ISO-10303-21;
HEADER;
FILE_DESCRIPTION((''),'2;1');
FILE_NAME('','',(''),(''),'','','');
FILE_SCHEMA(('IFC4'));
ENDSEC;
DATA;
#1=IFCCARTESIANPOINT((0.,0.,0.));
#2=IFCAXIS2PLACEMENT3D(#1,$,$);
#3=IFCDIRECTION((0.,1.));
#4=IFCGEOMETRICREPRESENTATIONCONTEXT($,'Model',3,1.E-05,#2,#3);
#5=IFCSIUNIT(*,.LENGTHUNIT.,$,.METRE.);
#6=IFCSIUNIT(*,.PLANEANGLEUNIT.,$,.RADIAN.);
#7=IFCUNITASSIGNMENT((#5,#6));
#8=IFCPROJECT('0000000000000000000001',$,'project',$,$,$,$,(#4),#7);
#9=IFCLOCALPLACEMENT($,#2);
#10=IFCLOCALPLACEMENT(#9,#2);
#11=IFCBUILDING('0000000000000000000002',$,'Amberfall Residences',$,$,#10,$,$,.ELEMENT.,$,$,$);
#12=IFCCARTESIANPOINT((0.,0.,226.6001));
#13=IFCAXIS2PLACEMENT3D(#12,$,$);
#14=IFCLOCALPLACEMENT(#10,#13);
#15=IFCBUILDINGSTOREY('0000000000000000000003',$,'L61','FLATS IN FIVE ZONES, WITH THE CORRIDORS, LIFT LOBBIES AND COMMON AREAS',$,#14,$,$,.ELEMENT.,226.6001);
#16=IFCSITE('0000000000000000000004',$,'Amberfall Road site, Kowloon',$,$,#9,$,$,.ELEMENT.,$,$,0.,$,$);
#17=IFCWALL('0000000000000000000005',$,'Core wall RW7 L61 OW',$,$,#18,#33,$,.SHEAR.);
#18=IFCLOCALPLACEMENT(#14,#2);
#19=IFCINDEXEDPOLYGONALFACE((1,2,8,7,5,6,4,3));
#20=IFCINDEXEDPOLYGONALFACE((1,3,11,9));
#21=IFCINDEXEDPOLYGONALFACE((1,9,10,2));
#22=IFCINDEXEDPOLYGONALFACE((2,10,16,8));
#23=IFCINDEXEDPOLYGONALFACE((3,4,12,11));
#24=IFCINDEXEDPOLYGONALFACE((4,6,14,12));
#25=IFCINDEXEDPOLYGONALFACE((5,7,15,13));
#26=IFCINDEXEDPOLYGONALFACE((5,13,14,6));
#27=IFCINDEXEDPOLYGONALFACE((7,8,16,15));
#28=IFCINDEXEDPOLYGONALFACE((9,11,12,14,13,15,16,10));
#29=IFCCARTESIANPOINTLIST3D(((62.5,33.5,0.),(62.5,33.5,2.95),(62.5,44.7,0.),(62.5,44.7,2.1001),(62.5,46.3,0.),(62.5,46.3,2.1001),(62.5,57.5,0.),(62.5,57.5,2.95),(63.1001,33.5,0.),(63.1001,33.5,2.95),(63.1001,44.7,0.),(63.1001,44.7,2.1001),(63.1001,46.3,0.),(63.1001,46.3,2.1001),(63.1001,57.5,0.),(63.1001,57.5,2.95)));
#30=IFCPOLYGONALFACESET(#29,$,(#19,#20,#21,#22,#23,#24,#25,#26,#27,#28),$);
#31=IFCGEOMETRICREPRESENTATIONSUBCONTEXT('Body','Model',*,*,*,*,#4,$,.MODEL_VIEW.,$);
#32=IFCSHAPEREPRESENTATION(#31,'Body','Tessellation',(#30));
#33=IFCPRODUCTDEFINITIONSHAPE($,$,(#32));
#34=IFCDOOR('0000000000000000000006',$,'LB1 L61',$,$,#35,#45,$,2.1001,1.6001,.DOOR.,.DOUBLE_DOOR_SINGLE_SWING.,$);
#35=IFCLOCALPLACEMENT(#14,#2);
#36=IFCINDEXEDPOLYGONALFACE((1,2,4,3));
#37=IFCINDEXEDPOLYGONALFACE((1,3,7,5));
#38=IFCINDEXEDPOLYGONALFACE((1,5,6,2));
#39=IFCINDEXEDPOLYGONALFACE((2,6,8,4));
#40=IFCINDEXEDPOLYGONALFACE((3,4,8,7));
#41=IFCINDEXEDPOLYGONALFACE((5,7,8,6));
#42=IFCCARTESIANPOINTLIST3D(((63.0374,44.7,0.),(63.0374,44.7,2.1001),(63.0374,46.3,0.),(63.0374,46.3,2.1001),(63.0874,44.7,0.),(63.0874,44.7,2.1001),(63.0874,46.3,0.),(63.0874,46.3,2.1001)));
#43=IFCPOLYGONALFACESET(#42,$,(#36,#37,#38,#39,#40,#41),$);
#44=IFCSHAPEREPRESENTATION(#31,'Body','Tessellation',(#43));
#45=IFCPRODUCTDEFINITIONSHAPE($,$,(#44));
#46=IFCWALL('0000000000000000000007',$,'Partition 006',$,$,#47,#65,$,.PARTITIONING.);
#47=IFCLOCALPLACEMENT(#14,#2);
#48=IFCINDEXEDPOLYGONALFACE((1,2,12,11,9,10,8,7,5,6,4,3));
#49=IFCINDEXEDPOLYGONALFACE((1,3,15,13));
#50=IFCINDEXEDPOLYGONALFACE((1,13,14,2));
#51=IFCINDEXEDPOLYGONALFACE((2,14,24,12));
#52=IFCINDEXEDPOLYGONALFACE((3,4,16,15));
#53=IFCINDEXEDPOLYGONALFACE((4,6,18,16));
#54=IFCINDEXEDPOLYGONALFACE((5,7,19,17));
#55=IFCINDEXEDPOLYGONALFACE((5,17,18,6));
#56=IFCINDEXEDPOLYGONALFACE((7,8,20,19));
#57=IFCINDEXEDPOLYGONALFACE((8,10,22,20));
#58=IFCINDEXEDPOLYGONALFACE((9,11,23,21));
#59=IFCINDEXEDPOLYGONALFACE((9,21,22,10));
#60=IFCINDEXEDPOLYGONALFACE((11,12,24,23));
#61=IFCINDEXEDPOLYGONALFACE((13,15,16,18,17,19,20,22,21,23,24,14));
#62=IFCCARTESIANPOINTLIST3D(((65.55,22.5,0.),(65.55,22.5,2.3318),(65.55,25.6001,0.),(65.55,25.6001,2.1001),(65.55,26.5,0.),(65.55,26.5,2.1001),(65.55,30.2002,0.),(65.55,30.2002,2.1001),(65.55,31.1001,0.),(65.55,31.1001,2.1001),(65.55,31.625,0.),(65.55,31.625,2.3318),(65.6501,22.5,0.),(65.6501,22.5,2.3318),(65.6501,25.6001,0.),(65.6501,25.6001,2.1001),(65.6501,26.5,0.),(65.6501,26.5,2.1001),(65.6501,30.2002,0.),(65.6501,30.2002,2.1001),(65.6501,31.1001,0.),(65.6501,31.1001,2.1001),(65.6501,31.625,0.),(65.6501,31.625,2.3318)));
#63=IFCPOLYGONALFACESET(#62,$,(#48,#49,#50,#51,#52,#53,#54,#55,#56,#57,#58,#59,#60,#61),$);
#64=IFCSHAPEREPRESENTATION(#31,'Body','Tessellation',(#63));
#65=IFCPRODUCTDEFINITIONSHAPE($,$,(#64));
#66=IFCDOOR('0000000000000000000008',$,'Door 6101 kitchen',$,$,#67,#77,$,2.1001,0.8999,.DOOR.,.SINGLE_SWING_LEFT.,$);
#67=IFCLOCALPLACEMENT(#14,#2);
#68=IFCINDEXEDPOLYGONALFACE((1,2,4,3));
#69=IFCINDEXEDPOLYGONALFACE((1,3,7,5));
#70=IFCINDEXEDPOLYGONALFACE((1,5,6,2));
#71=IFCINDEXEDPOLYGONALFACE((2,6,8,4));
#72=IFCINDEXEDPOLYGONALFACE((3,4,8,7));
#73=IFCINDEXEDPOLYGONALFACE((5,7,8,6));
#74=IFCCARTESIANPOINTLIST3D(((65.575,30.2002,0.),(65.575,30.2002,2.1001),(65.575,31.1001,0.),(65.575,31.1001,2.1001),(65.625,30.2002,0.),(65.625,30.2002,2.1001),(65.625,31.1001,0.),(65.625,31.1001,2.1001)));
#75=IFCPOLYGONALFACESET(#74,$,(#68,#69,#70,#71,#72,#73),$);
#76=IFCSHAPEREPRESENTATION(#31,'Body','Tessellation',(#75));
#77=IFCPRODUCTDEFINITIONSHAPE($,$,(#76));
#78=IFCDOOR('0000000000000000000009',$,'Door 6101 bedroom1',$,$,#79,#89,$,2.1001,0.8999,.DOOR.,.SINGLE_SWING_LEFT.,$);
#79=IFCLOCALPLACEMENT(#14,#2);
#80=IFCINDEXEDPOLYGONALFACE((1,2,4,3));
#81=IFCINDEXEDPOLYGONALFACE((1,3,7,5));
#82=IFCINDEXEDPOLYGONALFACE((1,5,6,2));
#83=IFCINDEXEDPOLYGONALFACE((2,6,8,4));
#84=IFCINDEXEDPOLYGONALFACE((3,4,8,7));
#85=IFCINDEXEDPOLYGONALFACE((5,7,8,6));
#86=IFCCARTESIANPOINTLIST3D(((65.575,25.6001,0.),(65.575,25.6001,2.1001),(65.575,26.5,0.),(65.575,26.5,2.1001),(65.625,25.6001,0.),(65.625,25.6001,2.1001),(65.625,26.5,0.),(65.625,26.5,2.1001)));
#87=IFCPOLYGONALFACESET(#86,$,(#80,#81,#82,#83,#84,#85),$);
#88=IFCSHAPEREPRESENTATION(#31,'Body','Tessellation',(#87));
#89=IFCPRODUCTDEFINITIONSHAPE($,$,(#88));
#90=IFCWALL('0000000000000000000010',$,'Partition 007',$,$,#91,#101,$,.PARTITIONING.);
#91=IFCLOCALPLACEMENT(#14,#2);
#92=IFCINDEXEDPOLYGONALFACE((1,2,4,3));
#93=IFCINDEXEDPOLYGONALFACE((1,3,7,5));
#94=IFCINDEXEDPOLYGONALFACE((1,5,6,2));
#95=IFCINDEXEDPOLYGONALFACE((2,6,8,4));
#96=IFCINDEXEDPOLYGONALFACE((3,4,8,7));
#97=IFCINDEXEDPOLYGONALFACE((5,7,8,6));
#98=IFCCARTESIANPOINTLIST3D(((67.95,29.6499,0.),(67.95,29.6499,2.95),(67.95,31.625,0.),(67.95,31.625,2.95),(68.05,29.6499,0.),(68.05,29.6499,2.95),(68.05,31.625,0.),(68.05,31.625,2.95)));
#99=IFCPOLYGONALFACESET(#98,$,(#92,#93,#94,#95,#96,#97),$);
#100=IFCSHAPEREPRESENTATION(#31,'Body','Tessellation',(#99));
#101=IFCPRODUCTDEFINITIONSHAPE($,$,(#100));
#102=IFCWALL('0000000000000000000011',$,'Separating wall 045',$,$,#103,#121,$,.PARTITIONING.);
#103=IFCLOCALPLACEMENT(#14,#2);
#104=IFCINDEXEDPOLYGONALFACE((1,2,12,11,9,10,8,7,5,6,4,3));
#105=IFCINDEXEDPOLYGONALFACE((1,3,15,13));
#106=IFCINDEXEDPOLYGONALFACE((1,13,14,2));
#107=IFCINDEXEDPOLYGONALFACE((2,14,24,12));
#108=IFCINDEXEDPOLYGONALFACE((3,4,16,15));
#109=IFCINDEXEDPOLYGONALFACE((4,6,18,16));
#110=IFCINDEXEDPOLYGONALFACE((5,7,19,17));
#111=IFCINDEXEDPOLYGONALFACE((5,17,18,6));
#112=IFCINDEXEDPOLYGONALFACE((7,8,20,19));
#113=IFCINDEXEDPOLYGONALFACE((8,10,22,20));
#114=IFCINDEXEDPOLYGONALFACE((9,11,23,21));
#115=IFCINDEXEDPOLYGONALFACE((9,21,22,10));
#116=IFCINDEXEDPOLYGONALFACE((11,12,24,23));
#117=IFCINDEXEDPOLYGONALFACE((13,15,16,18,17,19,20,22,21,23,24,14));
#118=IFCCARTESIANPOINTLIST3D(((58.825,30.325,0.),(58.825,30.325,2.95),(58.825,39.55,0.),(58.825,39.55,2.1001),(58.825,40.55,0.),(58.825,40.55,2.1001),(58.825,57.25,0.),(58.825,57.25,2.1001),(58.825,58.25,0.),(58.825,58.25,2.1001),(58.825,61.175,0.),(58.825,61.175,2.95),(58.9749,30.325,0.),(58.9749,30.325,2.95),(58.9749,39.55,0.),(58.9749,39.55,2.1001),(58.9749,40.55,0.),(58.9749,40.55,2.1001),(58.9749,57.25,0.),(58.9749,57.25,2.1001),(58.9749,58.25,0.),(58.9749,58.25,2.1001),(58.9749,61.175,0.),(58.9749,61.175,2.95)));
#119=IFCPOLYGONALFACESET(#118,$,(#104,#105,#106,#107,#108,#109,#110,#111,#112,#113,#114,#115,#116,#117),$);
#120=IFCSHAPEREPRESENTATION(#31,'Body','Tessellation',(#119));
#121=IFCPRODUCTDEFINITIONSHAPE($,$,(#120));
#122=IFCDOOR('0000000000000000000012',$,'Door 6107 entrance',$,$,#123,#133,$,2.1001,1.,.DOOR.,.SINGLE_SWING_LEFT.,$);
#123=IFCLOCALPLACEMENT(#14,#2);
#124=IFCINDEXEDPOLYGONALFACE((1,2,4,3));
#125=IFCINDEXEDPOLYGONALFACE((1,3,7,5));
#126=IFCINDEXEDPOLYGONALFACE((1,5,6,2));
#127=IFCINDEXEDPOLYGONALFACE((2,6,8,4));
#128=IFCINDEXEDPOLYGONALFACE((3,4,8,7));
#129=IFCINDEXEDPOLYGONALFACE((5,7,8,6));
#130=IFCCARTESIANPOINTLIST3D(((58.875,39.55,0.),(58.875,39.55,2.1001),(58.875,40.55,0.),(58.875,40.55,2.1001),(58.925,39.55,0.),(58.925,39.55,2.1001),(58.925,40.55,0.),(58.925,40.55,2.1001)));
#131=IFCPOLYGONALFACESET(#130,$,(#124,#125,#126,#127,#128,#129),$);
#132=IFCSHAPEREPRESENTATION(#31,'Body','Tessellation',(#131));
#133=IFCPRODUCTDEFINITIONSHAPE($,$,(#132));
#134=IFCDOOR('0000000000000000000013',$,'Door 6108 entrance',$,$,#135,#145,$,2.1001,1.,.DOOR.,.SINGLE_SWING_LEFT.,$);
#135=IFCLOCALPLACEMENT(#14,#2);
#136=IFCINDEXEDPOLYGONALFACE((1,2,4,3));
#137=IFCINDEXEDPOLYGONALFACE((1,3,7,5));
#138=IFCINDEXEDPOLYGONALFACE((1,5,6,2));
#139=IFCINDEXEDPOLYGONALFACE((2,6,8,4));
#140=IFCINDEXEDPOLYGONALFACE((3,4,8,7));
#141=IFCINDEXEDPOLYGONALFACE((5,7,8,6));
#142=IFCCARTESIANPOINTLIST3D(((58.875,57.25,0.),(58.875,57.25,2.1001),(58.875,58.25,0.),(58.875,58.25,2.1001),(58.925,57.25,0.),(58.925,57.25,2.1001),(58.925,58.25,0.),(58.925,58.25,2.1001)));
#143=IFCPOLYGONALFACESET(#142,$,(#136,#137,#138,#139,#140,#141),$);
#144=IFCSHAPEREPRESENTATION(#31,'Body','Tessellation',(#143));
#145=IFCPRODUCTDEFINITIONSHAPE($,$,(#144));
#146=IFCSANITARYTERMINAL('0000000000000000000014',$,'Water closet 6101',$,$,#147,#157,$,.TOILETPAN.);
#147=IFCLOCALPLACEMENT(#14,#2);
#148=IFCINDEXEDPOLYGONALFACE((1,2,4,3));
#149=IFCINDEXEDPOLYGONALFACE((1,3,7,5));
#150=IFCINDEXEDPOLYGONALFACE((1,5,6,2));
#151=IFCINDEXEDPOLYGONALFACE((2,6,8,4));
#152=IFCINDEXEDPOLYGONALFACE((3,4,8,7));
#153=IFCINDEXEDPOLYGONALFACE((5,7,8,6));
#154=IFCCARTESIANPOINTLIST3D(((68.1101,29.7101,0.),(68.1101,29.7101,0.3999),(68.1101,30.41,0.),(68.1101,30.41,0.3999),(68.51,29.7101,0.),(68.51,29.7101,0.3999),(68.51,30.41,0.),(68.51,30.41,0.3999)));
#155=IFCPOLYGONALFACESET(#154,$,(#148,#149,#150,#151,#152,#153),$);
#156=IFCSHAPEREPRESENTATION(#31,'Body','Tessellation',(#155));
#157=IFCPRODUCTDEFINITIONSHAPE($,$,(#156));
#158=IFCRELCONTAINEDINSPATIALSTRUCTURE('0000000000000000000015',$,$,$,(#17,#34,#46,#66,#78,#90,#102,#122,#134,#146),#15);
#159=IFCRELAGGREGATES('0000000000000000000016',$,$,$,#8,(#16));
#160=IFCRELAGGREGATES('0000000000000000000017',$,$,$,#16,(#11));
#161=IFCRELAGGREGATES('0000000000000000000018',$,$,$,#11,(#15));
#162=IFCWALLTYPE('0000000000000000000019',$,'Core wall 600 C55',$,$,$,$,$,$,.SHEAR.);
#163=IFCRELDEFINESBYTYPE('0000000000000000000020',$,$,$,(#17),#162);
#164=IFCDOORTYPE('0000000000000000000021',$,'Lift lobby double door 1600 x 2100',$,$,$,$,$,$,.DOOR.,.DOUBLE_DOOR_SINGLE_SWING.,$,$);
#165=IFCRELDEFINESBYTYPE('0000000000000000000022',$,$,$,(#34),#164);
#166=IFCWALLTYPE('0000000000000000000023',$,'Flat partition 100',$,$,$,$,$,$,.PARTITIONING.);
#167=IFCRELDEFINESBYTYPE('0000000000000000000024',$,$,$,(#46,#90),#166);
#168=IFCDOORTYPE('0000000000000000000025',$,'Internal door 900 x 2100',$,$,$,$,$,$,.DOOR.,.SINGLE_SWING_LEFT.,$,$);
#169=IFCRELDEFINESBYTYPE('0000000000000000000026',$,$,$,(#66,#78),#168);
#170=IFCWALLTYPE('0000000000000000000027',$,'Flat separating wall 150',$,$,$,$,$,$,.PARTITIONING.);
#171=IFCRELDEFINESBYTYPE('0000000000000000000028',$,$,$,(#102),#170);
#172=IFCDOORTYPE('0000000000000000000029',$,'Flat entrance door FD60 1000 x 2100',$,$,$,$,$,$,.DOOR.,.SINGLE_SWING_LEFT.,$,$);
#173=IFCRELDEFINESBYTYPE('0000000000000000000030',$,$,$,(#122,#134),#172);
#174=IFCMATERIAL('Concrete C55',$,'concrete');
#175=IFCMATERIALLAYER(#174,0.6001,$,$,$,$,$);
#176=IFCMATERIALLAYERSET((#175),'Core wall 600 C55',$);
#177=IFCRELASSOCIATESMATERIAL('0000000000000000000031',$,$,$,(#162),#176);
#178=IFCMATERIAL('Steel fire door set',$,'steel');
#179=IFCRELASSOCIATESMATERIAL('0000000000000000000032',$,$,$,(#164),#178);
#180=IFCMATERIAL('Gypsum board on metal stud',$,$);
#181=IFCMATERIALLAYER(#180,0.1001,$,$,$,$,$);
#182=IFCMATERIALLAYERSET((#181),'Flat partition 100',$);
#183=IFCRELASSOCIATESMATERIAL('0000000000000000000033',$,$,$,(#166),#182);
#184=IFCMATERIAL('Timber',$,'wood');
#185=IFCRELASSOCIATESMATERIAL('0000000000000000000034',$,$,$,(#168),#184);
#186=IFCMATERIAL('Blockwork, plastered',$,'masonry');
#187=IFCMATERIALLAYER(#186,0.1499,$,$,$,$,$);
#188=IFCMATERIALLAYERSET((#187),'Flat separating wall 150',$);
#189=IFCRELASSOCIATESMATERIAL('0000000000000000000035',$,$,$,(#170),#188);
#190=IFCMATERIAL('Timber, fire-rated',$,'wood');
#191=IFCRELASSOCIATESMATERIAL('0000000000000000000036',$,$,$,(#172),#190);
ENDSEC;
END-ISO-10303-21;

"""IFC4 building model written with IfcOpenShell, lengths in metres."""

from ifc_helpers import new_model, si_unit, direction, frame, frame_2d, origin, origin_2d, place, context, subcontext, project, spatial, rectangle, extrude, material, layer, layer_set, type_object, element, fill, save


model = new_model("IFC4")

# Units and contexts
model_context = context("Model", 3, precision=1e-05, world=origin(), true_north=direction((0.0, 1.0)))
body_context = subcontext(model_context, "Body", "Model", "MODEL_VIEW")
ifc_project = project(units=[si_unit("LENGTHUNIT", "METRE"), si_unit("PLANEANGLEUNIT", "RADIAN")], contexts=[model_context])

# Site, building, storey
site_placement = place(None, origin())
site = spatial("IfcSite", under=ifc_project, at=site_placement, Name="Amberfall Road site, Kowloon", CompositionType="ELEMENT", RefElevation=0.0)
building_placement = place(site_placement, origin())
building = spatial("IfcBuilding", under=site, at=building_placement, Name="Amberfall Residences", CompositionType="ELEMENT")
storey_placement = place(building_placement, frame((0.0, 0.0, 226.6001)))
storey = spatial("IfcBuildingStorey", under=building, at=storey_placement, Name="L61", Description="FLATS IN FIVE ZONES, WITH THE CORRIDORS, LIFT LOBBIES AND COMMON AREAS", CompositionType="ELEMENT", Elevation=226.6001)

# Shared definitions
ifc_material_1 = material(Name="Concrete C55", Category="concrete")
ifc_material_2 = material(Name="Steel fire door set", Category="steel")

# Shared definitions
ifc_layer_1 = layer(ifc_material_1, 0.6001)
ifc_layer_set_1 = layer_set([ifc_layer_1], Name="Core wall 600 C55")
wall_type_1 = type_object("IfcWallType", Name="Core wall 600 C55", PredefinedType="SHEAR", material=ifc_layer_set_1)

# Wall, opening, door
wall_1_placement = place(storey_placement, frame((62.8, 33.5, 0.0), z_axis=(0.0, 0.0, 1.0), x_axis=(0.0, 1.0, 0.0)))
wall_1 = element("IfcWall", 1, at=wall_1_placement, inside=storey, type_object=wall_type_1, Name="Core wall RW7 L61 OW", PredefinedType="SHEAR", context=body_context, shape_type="SweptSolid", body=[
    extrude(rectangle(XDim=24.0, YDim=0.6001, at=frame_2d((12.0, 0.0))), origin(), (0.0, 0.0, 1.0), 2.95),
])
opening_1_placement = place(wall_1_placement, frame((11.2, 0.0, 0.0)))
opening_1 = element("IfcOpeningElement", 2, at=opening_1_placement, cuts=wall_1, PredefinedType="OPENING", context=body_context, shape_type="SweptSolid", body=[
    extrude(rectangle(XDim=1.6001, YDim=2.1001, at=frame_2d((0.8, 1.05))), frame((0.0, 0.3101, 0.0), z_axis=(0.0, -1.0, 0.0), x_axis=(1.0, 0.0, 0.0)), (0.0, 0.0, 1.0), 0.6201),
])
door_type_1 = type_object("IfcDoorType", Name="Lift lobby double door 1600 x 2100", OperationType="DOUBLE_DOOR_SINGLE_SWING", PredefinedType="DOOR", material=ifc_material_2)
door_1_placement = place(opening_1_placement, origin())
door_1 = element("IfcDoor", 3, at=door_1_placement, inside=storey, type_object=door_type_1, Name="LB1 L61", OperationType="DOUBLE_DOOR_SINGLE_SWING", OverallHeight=2.1001, OverallWidth=1.6001, PredefinedType="DOOR", context=body_context, shape_type="SweptSolid", body=[
    extrude(rectangle(XDim=1.6001, YDim=2.1001, at=frame_2d((0.8, 1.05))), frame((0.0, -0.2373, 0.0), z_axis=(0.0, -1.0, 0.0), x_axis=(1.0, 0.0, 0.0)), (0.0, 0.0, 1.0), 0.05),
])
fill(opening_1, door_1)

# Wall, openings, doors
ifc_material_3 = material(Name="Gypsum board on metal stud")
ifc_layer_2 = layer(ifc_material_3, 0.1001)
ifc_layer_set_2 = layer_set([ifc_layer_2], Name="Flat partition 100")
wall_type_2 = type_object("IfcWallType", Name="Flat partition 100", PredefinedType="PARTITIONING", material=ifc_layer_set_2)
wall_2_placement = place(storey_placement, frame((65.6001, 31.625, 0.0), z_axis=(0.0, 0.0, 1.0), x_axis=(0.0, -1.0, 0.0)))
wall_2 = element("IfcWall", 4, at=wall_2_placement, inside=storey, type_object=wall_type_2, Name="Partition 006", PredefinedType="PARTITIONING", context=body_context, shape_type="SweptSolid", body=[
    extrude(rectangle(XDim=9.125, YDim=0.1001, at=frame_2d((4.5625, 0.0))), origin(), (0.0, 0.0, 1.0), 2.3318),
])
opening_2_placement = place(wall_2_placement, frame((0.5249, 0.0, 0.0)))
opening_2 = element("IfcOpeningElement", 5, at=opening_2_placement, cuts=wall_2, PredefinedType="OPENING", context=body_context, shape_type="SweptSolid", body=[
    extrude(rectangle(XDim=0.8999, YDim=2.1001, at=frame_2d((0.45, 1.05))), frame((0.0, 0.0601, 0.0), z_axis=(0.0, -1.0, 0.0), x_axis=(1.0, 0.0, 0.0)), (0.0, 0.0, 1.0), 0.1201),
])
opening_3_placement = place(wall_2_placement, frame((5.125, 0.0, 0.0)))
opening_3 = element("IfcOpeningElement", 6, at=opening_3_placement, cuts=wall_2, PredefinedType="OPENING", context=body_context, shape_type="SweptSolid", body=[
    extrude(rectangle(XDim=0.8999, YDim=2.1001, at=frame_2d((0.45, 1.05))), frame((0.0, 0.0601, 0.0), z_axis=(0.0, -1.0, 0.0), x_axis=(1.0, 0.0, 0.0)), (0.0, 0.0, 1.0), 0.1201),
])
ifc_material_4 = material(Name="Timber", Category="wood")
door_type_2 = type_object("IfcDoorType", Name="Internal door 900 x 2100", OperationType="SINGLE_SWING_LEFT", PredefinedType="DOOR", material=ifc_material_4)
door_2_placement = place(opening_2_placement, origin())
door_2 = element("IfcDoor", 7, at=door_2_placement, inside=storey, type_object=door_type_2, Name="Door 6101 kitchen", OperationType="SINGLE_SWING_LEFT", OverallHeight=2.1001, OverallWidth=0.8999, PredefinedType="DOOR", context=body_context, shape_type="SweptSolid", body=[
    extrude(rectangle(XDim=0.8999, YDim=2.1001, at=frame_2d((0.45, 1.05))), frame((0.0, 0.0249, 0.0), z_axis=(0.0, -1.0, 0.0), x_axis=(1.0, 0.0, 0.0)), (0.0, 0.0, 1.0), 0.05),
])
fill(opening_2, door_2)
door_3_placement = place(opening_3_placement, origin())
door_3 = element("IfcDoor", 8, at=door_3_placement, inside=storey, type_object=door_type_2, Name="Door 6101 bedroom1", OperationType="SINGLE_SWING_LEFT", OverallHeight=2.1001, OverallWidth=0.8999, PredefinedType="DOOR", context=body_context, shape_type="SweptSolid", body=[
    extrude(rectangle(XDim=0.8999, YDim=2.1001, at=frame_2d((0.45, 1.05))), frame((0.0, 0.0249, 0.0), z_axis=(0.0, -1.0, 0.0), x_axis=(1.0, 0.0, 0.0)), (0.0, 0.0, 1.0), 0.05),
])
fill(opening_3, door_3)

# Wall
wall_3_placement = place(storey_placement, frame((68.0, 29.6499, 0.0), z_axis=(0.0, 0.0, 1.0), x_axis=(0.0, 1.0, 0.0)))
element("IfcWall", 9, at=wall_3_placement, inside=storey, type_object=wall_type_2, Name="Partition 007", PredefinedType="PARTITIONING", context=body_context, shape_type="SweptSolid", body=[
    extrude(rectangle(XDim=1.9751, YDim=0.1001, at=frame_2d((0.9875, 0.0))), origin(), (0.0, 0.0, 1.0), 2.95),
])

# Wall, openings, doors
ifc_material_5 = material(Name="Blockwork, plastered", Category="masonry")
ifc_layer_3 = layer(ifc_material_5, 0.1499)
ifc_layer_set_3 = layer_set([ifc_layer_3], Name="Flat separating wall 150")
wall_type_3 = type_object("IfcWallType", Name="Flat separating wall 150", PredefinedType="PARTITIONING", material=ifc_layer_set_3)
wall_4_placement = place(storey_placement, frame((58.8999, 30.325, 0.0), z_axis=(0.0, 0.0, 1.0), x_axis=(0.0, 1.0, 0.0)))
wall_4 = element("IfcWall", 10, at=wall_4_placement, inside=storey, type_object=wall_type_3, Name="Separating wall 045", PredefinedType="PARTITIONING", context=body_context, shape_type="SweptSolid", body=[
    extrude(rectangle(XDim=30.8501, YDim=0.1499, at=frame_2d((15.425, 0.0))), origin(), (0.0, 0.0, 1.0), 2.95),
])
opening_4_placement = place(wall_4_placement, frame((9.2251, 0.0, 0.0)))
opening_4 = element("IfcOpeningElement", 11, at=opening_4_placement, cuts=wall_4, PredefinedType="OPENING", context=body_context, shape_type="SweptSolid", body=[
    extrude(rectangle(XDim=1.0, YDim=2.1001, at=frame_2d((0.5, 1.05))), frame((0.0, 0.085, 0.0), z_axis=(0.0, -1.0, 0.0), x_axis=(1.0, 0.0, 0.0)), (0.0, 0.0, 1.0), 0.1699),
])
opening_5_placement = place(wall_4_placement, frame((26.925, 0.0, 0.0)))
opening_5 = element("IfcOpeningElement", 12, at=opening_5_placement, cuts=wall_4, PredefinedType="OPENING", context=body_context, shape_type="SweptSolid", body=[
    extrude(rectangle(XDim=1.0, YDim=2.1001, at=frame_2d((0.5, 1.05))), frame((0.0, 0.085, 0.0), z_axis=(0.0, -1.0, 0.0), x_axis=(1.0, 0.0, 0.0)), (0.0, 0.0, 1.0), 0.1699),
])
ifc_material_6 = material(Name="Timber, fire-rated", Category="wood")
door_type_3 = type_object("IfcDoorType", Name="Flat entrance door FD60 1000 x 2100", OperationType="SINGLE_SWING_LEFT", PredefinedType="DOOR", material=ifc_material_6)
door_4_placement = place(opening_4_placement, origin())
door_4 = element("IfcDoor", 13, at=door_4_placement, inside=storey, type_object=door_type_3, Name="Door 6107 entrance", OperationType="SINGLE_SWING_LEFT", OverallHeight=2.1001, OverallWidth=1.0, PredefinedType="DOOR", context=body_context, shape_type="SweptSolid", body=[
    extrude(rectangle(XDim=1.0, YDim=2.1001, at=frame_2d((0.5, 1.05))), frame((0.0, 0.0249, 0.0), z_axis=(0.0, -1.0, 0.0), x_axis=(1.0, 0.0, 0.0)), (0.0, 0.0, 1.0), 0.05),
])
fill(opening_4, door_4)
door_5_placement = place(opening_5_placement, origin())
door_5 = element("IfcDoor", 14, at=door_5_placement, inside=storey, type_object=door_type_3, Name="Door 6108 entrance", OperationType="SINGLE_SWING_LEFT", OverallHeight=2.1001, OverallWidth=1.0, PredefinedType="DOOR", context=body_context, shape_type="SweptSolid", body=[
    extrude(rectangle(XDim=1.0, YDim=2.1001, at=frame_2d((0.5, 1.05))), frame((0.0, 0.0249, 0.0), z_axis=(0.0, -1.0, 0.0), x_axis=(1.0, 0.0, 0.0)), (0.0, 0.0, 1.0), 0.05),
])
fill(opening_5, door_5)

# Sanitary terminal
sanitary_terminal_1_placement = place(storey_placement, frame((68.3101, 30.0601, 0.0), z_axis=(0.0, 0.0, 1.0), x_axis=(1.0, 0.0, 0.0)))
element("IfcSanitaryTerminal", 15, at=sanitary_terminal_1_placement, inside=storey, Name="Water closet 6101", PredefinedType="TOILETPAN", context=body_context, shape_type="SweptSolid", body=[
    extrude(rectangle(XDim=0.3999, YDim=0.7, at=origin_2d()), origin(), (0.0, 0.0, 1.0), 0.3999),
])

save(model, "model.ifc")
